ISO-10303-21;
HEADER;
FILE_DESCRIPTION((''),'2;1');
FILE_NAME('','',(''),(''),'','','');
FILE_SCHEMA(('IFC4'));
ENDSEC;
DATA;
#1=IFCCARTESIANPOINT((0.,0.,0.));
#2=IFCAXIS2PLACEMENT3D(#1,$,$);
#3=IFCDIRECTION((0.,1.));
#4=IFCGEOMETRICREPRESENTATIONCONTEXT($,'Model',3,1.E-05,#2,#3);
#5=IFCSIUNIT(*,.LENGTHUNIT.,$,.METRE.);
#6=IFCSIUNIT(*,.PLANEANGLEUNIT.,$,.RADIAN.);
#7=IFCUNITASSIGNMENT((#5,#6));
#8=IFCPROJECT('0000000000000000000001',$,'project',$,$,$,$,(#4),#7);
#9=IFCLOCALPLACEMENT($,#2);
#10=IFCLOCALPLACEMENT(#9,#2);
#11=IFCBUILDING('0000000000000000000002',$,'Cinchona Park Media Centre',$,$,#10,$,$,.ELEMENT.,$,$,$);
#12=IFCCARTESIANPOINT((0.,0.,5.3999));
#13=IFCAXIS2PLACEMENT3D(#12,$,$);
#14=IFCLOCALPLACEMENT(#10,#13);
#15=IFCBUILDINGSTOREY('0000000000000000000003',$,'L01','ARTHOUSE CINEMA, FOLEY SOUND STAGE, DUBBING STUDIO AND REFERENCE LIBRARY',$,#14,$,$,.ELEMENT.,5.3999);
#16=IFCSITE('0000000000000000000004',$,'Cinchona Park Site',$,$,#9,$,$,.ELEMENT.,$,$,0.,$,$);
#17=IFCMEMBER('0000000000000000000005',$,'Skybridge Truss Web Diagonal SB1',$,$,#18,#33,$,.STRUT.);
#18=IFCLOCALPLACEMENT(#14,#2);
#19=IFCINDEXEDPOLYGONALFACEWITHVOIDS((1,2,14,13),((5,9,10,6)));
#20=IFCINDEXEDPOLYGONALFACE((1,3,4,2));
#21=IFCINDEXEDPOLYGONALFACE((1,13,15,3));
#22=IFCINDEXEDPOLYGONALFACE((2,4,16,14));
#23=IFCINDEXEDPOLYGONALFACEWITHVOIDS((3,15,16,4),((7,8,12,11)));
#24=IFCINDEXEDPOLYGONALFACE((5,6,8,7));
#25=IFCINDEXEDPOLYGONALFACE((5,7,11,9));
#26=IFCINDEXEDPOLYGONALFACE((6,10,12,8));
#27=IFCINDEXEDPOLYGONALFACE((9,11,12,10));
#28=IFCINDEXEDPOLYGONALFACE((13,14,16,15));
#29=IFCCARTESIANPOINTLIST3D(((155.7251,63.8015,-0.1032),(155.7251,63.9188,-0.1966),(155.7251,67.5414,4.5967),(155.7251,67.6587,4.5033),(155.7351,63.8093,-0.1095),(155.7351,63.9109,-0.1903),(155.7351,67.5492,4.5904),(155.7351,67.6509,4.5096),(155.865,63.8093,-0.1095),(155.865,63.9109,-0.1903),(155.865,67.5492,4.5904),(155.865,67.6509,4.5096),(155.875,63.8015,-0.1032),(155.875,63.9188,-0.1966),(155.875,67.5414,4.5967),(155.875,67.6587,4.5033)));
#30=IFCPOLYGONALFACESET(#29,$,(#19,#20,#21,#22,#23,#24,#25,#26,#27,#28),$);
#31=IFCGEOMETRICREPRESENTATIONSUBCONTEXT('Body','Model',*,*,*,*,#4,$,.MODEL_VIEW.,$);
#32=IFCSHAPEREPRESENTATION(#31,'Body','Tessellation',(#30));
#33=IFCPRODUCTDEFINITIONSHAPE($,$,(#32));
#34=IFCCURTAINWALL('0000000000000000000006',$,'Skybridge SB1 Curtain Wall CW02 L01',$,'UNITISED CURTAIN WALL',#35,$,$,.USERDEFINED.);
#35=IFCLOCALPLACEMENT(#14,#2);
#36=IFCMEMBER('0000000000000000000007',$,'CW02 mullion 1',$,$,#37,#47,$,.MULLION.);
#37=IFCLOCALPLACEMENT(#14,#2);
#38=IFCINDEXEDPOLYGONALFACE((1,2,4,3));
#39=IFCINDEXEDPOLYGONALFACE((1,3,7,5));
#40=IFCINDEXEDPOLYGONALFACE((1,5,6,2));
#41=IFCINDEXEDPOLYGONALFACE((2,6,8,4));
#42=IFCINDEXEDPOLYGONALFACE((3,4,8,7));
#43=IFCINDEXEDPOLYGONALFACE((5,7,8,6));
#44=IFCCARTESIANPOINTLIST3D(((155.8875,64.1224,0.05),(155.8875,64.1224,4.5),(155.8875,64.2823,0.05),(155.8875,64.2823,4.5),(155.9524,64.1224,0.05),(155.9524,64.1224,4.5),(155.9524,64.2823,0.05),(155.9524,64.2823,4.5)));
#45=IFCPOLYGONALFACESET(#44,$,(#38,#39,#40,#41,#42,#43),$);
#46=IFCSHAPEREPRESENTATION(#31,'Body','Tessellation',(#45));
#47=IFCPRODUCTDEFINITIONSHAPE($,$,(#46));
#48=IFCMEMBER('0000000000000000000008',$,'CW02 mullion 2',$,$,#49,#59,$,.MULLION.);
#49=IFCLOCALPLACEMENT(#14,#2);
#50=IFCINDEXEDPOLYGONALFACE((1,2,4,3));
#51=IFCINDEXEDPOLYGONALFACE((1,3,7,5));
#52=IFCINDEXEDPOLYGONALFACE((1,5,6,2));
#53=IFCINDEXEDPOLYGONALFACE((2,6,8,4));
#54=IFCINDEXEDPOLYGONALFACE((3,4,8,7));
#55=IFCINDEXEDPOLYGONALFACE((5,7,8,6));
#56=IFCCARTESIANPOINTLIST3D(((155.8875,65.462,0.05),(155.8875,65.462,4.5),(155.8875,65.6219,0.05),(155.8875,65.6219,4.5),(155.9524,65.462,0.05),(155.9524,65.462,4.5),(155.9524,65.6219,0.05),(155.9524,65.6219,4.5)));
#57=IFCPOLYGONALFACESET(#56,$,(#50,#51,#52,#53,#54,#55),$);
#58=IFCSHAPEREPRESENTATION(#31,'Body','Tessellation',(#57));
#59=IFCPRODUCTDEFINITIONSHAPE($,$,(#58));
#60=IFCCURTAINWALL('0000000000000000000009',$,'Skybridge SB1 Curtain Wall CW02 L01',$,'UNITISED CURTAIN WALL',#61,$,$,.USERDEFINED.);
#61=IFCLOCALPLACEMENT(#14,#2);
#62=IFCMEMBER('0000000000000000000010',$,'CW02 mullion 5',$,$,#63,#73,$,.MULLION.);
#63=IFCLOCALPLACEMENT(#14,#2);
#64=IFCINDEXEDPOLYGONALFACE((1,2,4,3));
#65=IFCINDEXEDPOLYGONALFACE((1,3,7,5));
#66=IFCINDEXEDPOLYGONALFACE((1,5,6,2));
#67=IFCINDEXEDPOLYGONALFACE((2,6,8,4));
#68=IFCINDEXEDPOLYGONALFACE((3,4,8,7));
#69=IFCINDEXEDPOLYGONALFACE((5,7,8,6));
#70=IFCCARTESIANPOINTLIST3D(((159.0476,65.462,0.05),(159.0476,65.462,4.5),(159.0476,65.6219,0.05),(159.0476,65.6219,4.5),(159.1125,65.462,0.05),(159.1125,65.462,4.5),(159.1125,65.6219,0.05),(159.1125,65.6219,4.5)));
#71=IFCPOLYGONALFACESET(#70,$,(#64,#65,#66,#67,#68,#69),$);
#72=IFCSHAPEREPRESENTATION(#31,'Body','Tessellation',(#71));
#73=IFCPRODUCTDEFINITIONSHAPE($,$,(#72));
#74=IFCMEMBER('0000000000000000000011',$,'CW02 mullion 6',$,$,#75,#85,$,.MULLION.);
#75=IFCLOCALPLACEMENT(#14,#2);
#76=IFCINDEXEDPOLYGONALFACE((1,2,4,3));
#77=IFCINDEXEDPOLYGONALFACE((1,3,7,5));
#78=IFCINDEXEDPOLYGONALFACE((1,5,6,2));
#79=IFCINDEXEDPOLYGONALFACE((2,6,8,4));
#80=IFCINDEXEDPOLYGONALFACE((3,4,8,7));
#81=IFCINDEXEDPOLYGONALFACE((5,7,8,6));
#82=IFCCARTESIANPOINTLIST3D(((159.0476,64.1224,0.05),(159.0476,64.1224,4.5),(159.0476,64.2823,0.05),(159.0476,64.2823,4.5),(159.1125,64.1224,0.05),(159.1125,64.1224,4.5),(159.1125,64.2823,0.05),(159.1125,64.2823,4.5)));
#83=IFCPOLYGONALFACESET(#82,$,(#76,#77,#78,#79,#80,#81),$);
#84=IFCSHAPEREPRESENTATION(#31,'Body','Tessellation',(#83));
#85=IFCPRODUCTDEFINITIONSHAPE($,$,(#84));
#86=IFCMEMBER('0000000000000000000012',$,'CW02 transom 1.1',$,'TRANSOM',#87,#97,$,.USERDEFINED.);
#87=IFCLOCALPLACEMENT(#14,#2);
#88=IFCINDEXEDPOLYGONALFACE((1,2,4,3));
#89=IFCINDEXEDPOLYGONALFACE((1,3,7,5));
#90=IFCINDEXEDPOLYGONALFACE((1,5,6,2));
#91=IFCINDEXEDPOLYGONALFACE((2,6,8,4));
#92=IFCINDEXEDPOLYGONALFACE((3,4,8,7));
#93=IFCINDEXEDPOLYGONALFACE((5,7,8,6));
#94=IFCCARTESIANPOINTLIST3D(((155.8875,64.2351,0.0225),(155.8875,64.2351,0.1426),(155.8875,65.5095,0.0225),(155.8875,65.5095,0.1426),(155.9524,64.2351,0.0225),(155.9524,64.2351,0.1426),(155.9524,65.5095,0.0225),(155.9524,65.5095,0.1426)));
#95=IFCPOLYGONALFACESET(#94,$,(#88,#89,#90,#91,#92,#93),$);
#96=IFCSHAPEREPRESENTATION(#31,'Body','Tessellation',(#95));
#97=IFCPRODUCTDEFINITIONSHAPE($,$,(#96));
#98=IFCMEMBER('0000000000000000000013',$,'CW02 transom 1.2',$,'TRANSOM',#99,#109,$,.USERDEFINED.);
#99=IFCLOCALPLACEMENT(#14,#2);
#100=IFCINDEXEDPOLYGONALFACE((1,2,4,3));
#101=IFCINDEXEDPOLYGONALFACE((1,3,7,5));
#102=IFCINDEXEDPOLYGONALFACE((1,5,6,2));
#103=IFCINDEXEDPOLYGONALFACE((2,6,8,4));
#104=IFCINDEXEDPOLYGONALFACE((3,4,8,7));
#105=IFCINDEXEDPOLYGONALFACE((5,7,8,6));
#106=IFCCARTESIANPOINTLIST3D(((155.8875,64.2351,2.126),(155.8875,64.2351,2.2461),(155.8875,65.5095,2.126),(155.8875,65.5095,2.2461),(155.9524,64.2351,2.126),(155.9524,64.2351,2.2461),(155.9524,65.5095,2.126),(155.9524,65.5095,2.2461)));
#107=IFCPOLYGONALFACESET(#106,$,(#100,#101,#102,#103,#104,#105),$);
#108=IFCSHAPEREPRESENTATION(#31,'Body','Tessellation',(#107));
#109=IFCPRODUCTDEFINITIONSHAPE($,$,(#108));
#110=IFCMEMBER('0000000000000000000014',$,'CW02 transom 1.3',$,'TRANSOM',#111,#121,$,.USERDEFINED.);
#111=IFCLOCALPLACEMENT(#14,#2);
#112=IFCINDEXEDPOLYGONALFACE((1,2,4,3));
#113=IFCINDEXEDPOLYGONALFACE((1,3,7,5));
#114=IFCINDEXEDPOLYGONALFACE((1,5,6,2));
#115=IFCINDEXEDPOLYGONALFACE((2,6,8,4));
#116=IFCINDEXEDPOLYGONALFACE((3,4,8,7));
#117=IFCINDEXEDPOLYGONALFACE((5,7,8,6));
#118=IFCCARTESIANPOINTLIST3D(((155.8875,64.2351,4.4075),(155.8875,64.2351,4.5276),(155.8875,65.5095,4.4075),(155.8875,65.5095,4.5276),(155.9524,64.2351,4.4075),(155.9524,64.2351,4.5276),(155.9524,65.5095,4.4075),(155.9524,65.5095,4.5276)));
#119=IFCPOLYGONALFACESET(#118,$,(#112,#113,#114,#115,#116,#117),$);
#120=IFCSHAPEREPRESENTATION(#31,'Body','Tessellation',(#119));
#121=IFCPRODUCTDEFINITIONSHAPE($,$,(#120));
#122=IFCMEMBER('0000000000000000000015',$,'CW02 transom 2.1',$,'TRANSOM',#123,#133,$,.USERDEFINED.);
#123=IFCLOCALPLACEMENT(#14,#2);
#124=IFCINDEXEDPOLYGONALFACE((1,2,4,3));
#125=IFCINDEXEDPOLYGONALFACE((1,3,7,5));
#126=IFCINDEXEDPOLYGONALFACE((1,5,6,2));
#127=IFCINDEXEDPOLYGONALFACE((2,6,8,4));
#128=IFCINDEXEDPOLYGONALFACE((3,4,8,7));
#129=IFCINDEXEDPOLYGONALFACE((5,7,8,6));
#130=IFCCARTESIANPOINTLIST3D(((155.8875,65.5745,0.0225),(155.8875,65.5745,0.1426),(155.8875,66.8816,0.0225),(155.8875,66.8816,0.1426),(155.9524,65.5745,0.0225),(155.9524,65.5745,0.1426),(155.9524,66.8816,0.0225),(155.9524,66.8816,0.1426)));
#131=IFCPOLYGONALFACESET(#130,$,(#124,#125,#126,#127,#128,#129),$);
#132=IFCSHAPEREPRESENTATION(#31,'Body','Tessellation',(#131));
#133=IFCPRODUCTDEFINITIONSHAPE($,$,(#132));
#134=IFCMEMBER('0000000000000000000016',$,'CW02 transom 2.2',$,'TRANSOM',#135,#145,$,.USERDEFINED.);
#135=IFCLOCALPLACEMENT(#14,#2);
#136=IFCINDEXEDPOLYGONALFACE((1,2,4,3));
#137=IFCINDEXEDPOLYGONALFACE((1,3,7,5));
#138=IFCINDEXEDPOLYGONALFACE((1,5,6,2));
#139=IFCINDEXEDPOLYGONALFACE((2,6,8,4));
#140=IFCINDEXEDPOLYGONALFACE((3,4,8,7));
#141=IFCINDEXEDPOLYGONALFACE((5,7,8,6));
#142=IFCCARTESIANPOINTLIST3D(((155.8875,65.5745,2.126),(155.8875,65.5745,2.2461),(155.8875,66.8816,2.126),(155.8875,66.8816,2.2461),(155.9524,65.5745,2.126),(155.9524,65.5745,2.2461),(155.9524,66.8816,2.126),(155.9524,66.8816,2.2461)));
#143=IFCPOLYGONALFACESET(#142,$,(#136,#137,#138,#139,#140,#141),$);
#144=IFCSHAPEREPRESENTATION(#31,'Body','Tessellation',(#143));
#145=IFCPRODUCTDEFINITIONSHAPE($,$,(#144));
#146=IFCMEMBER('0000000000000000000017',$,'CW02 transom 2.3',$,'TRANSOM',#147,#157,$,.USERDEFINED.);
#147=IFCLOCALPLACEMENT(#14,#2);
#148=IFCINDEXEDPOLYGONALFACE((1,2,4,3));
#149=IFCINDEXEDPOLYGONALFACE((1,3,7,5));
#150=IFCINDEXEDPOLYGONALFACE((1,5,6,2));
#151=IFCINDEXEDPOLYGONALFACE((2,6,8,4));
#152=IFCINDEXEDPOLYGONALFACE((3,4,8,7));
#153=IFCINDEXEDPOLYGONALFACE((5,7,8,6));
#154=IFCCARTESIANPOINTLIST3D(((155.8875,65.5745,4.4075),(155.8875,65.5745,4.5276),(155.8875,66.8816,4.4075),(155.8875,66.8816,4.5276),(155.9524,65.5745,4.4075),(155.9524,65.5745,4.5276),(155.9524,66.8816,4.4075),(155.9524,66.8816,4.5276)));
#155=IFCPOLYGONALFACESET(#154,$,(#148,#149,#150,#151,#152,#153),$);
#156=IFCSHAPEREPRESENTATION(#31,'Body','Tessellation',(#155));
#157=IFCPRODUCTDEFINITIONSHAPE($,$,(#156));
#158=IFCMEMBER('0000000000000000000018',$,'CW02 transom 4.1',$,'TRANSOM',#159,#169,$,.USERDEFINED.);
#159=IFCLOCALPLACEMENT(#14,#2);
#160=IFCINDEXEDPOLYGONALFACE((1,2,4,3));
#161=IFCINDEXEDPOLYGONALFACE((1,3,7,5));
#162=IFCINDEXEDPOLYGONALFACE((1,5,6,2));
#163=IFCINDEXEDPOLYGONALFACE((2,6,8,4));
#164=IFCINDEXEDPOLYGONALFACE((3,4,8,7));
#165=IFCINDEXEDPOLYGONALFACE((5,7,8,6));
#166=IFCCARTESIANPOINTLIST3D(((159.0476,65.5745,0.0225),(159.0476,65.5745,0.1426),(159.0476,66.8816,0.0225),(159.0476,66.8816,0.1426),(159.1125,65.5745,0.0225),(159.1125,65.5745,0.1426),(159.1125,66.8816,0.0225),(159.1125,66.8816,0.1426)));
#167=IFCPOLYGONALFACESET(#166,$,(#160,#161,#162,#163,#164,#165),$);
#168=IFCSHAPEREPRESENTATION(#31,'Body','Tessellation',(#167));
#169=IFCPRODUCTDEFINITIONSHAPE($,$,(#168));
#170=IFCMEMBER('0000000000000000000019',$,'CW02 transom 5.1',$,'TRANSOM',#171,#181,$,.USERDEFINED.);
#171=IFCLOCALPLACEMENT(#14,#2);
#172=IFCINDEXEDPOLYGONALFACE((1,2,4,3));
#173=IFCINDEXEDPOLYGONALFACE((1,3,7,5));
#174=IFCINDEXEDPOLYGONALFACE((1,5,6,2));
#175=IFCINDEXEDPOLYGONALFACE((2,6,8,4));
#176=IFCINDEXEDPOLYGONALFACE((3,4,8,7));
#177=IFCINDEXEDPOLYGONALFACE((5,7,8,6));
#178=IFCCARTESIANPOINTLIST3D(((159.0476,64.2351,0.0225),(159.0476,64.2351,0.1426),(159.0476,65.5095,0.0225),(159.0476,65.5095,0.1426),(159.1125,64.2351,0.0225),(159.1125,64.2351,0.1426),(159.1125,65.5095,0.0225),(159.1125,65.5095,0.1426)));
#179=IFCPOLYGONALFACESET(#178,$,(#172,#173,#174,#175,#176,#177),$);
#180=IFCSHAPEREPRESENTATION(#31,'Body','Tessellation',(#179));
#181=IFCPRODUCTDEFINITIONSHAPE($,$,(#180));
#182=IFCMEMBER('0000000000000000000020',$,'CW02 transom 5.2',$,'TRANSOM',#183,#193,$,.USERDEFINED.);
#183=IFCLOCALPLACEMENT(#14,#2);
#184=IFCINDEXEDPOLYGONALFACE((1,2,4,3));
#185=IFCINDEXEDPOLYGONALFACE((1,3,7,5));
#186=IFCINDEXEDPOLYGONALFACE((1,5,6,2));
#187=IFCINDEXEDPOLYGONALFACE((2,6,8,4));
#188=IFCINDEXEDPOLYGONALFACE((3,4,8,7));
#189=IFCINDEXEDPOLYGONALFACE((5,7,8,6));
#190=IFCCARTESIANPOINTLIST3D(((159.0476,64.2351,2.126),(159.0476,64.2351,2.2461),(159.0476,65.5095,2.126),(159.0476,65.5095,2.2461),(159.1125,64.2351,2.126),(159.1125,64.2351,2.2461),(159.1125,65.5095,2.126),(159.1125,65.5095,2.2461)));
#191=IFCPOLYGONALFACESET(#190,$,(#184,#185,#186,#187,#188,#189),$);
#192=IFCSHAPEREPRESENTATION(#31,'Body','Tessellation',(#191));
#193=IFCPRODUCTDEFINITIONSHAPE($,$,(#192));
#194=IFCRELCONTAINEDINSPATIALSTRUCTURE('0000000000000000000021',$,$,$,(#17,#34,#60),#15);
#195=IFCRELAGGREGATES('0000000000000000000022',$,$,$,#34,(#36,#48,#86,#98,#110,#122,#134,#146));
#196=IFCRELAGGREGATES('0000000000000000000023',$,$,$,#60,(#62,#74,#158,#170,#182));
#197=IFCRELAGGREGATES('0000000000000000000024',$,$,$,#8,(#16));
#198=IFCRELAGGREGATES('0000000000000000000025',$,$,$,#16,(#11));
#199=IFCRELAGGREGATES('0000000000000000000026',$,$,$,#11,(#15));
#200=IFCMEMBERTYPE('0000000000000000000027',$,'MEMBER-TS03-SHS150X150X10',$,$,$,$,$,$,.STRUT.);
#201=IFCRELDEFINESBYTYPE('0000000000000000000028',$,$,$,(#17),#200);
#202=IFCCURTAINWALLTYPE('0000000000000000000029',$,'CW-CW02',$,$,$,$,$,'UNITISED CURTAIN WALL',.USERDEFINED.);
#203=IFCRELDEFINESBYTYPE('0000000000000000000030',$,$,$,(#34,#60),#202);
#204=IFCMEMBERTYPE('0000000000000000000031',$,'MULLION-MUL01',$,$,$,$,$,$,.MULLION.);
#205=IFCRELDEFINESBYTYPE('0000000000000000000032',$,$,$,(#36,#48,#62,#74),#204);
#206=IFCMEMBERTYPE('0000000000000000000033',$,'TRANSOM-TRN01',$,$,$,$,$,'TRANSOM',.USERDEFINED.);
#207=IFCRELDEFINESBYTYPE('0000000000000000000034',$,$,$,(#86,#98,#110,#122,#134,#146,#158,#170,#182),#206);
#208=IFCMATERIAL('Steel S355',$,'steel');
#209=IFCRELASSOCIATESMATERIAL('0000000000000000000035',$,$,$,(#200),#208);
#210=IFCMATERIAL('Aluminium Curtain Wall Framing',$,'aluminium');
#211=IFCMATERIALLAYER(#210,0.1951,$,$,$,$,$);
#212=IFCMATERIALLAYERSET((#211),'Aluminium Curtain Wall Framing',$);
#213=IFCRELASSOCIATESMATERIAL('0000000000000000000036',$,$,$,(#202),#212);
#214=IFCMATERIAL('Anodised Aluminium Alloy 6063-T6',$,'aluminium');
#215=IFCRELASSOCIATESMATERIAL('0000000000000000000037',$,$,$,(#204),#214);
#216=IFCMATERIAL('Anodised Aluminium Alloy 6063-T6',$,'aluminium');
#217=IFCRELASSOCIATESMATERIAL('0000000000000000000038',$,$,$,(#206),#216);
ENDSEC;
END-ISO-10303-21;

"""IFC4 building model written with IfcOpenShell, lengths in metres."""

from ifc_helpers import new_model, si_unit, direction, frame, origin, origin_2d, place, context, subcontext, project, spatial, rectangle, hollow_rectangle, extrude, material, layer, layer_set, material_profile, profile_set, type_object, element, aggregate, save


model = new_model("IFC4")

# Units and contexts
model_context = context("Model", 3, precision=1e-05, world=origin(), true_north=direction((0.0, 1.0)))
body_context = subcontext(model_context, "Body", "Model", "MODEL_VIEW")
ifc_project = project(units=[si_unit("LENGTHUNIT", "METRE"), si_unit("PLANEANGLEUNIT", "RADIAN")], contexts=[model_context])

# Site, building, storey
site_placement = place(None, origin())
site = spatial("IfcSite", under=ifc_project, at=site_placement, Name="Cinchona Park Site", CompositionType="ELEMENT", RefElevation=0.0)
building_placement = place(site_placement, origin())
building = spatial("IfcBuilding", under=site, at=building_placement, Name="Cinchona Park Media Centre", CompositionType="ELEMENT")
storey_placement = place(building_placement, frame((0.0, 0.0, 5.3999)))
storey = spatial("IfcBuildingStorey", under=building, at=storey_placement, Name="L01", Description="ARTHOUSE CINEMA, FOLEY SOUND STAGE, DUBBING STUDIO AND REFERENCE LIBRARY", CompositionType="ELEMENT", Elevation=5.3999)

# Member
ifc_material_1 = material(Name="Steel S355", Category="steel")
ifc_material_profile_1 = material_profile(ifc_material_1, hollow_rectangle(XDim=0.1499, YDim=0.1499, WallThickness=0.01, at=origin_2d()), Name="150X150X10SHS")
ifc_profile_set_1 = profile_set([ifc_material_profile_1], Name="Steel S355")
member_type_1 = type_object("IfcMemberType", Name="MEMBER-TS03-SHS150X150X10", PredefinedType="STRUT", material=ifc_profile_set_1)
member_1_placement = place(storey_placement, frame((155.8, 63.8601, -0.1499), z_axis=(0.0, 0.622666, 0.782488), x_axis=(-1.0, 0.0, 0.0)))
element("IfcMember", 1, at=member_1_placement, inside=storey, type_object=member_type_1, Name="Skybridge Truss Web Diagonal SB1", PredefinedType="STRUT", context=body_context, shape_type="SweptSolid", body=[
    extrude(hollow_rectangle(XDim=0.1499, YDim=0.1499, WallThickness=0.01, at=origin_2d()), origin(), (0.0, 0.0, 1.0), 6.0063),
])

# Curtain walls, members
ifc_material_2 = material(Name="Aluminium Curtain Wall Framing", Category="aluminium")
ifc_layer_1 = layer(ifc_material_2, 0.1951)
ifc_layer_set_1 = layer_set([ifc_layer_1], Name="Aluminium Curtain Wall Framing")
curtain_wall_type = type_object("IfcCurtainWallType", Name="CW-CW02", ElementType="UNITISED CURTAIN WALL", PredefinedType="USERDEFINED", material=ifc_layer_set_1)
curtain_wall_1_placement = place(storey_placement, origin())
curtain_wall_1 = element("IfcCurtainWall", 2, at=curtain_wall_1_placement, inside=storey, type_object=curtain_wall_type, Name="Skybridge SB1 Curtain Wall CW02 L01", ObjectType="UNITISED CURTAIN WALL", PredefinedType="USERDEFINED")
ifc_material_3 = material(Name="Anodised Aluminium Alloy 6063-T6", Category="aluminium")
ifc_material_profile_2 = material_profile(ifc_material_3, rectangle(XDim=0.0649, YDim=0.1599, at=origin_2d()), Name="MUL-65X160")
ifc_profile_set_2 = profile_set([ifc_material_profile_2], Name="Anodised Aluminium Alloy 6063-T6")
member_type_2 = type_object("IfcMemberType", Name="MULLION-MUL01", PredefinedType="MULLION", material=ifc_profile_set_2)
member_2_placement = place(storey_placement, frame((155.9199, 64.2024, 0.05), z_axis=(0.0, 0.0, 1.0), x_axis=(-1.0, 0.0, 0.0)))
member_2 = element("IfcMember", 3, at=member_2_placement, type_object=member_type_2, Name="CW02 mullion 1", PredefinedType="MULLION", context=body_context, shape_type="SweptSolid", body=[
    extrude(rectangle(XDim=0.0649, YDim=0.1599, at=origin_2d()), origin(), (0.0, 0.0, 1.0), 4.45),
])
member_3_placement = place(storey_placement, frame((155.9199, 65.542, 0.05), z_axis=(0.0, 0.0, 1.0), x_axis=(-1.0, 0.0, 0.0)))
member_3 = element("IfcMember", 4, at=member_3_placement, type_object=member_type_2, Name="CW02 mullion 2", PredefinedType="MULLION", context=body_context, shape_type="SweptSolid", body=[
    extrude(rectangle(XDim=0.0649, YDim=0.1599, at=origin_2d()), origin(), (0.0, 0.0, 1.0), 4.45),
])
curtain_wall_2_placement = place(storey_placement, origin())
curtain_wall_2 = element("IfcCurtainWall", 5, at=curtain_wall_2_placement, inside=storey, type_object=curtain_wall_type, Name="Skybridge SB1 Curtain Wall CW02 L01", ObjectType="UNITISED CURTAIN WALL", PredefinedType="USERDEFINED")
member_4_placement = place(storey_placement, frame((159.0801, 65.542, 0.05), z_axis=(0.0, 0.0, 1.0), x_axis=(1.0, 0.0, 0.0)))
member_4 = element("IfcMember", 6, at=member_4_placement, type_object=member_type_2, Name="CW02 mullion 5", PredefinedType="MULLION", context=body_context, shape_type="SweptSolid", body=[
    extrude(rectangle(XDim=0.0649, YDim=0.1599, at=origin_2d()), origin(), (0.0, 0.0, 1.0), 4.45),
])
member_5_placement = place(storey_placement, frame((159.0801, 64.2024, 0.05), z_axis=(0.0, 0.0, 1.0), x_axis=(1.0, 0.0, 0.0)))
member_5 = element("IfcMember", 7, at=member_5_placement, type_object=member_type_2, Name="CW02 mullion 6", PredefinedType="MULLION", context=body_context, shape_type="SweptSolid", body=[
    extrude(rectangle(XDim=0.0649, YDim=0.1599, at=origin_2d()), origin(), (0.0, 0.0, 1.0), 4.45),
])

# Members
ifc_material_4 = material(Name="Anodised Aluminium Alloy 6063-T6", Category="aluminium")
ifc_material_profile_3 = material_profile(ifc_material_4, rectangle(XDim=0.0649, YDim=0.1201, at=origin_2d()), Name="TRN-65X120")
ifc_profile_set_3 = profile_set([ifc_material_profile_3], Name="Anodised Aluminium Alloy 6063-T6")
member_type_3 = type_object("IfcMemberType", Name="TRANSOM-TRN01", ElementType="TRANSOM", PredefinedType="USERDEFINED", material=ifc_profile_set_3)
member_6_placement = place(storey_placement, frame((155.9199, 64.2351, 0.0825), z_axis=(0.0, 1.0, 0.0), x_axis=(-1.0, 0.0, 0.0)))
member_6 = element("IfcMember", 8, at=member_6_placement, type_object=member_type_3, Name="CW02 transom 1.1", ObjectType="TRANSOM", PredefinedType="USERDEFINED", context=body_context, shape_type="SweptSolid", body=[
    extrude(rectangle(XDim=0.0649, YDim=0.1201, at=origin_2d()), origin(), (0.0, 0.0, 1.0), 1.2744),
])
member_7_placement = place(storey_placement, frame((155.9199, 64.2351, 2.186), z_axis=(0.0, 1.0, 0.0), x_axis=(-1.0, 0.0, 0.0)))
member_7 = element("IfcMember", 9, at=member_7_placement, type_object=member_type_3, Name="CW02 transom 1.2", ObjectType="TRANSOM", PredefinedType="USERDEFINED", context=body_context, shape_type="SweptSolid", body=[
    extrude(rectangle(XDim=0.0649, YDim=0.1201, at=origin_2d()), origin(), (0.0, 0.0, 1.0), 1.2744),
])
member_8_placement = place(storey_placement, frame((155.9199, 64.2351, 4.4675), z_axis=(0.0, 1.0, 0.0), x_axis=(-1.0, 0.0, 0.0)))
member_8 = element("IfcMember", 10, at=member_8_placement, type_object=member_type_3, Name="CW02 transom 1.3", ObjectType="TRANSOM", PredefinedType="USERDEFINED", context=body_context, shape_type="SweptSolid", body=[
    extrude(rectangle(XDim=0.0649, YDim=0.1201, at=origin_2d()), origin(), (0.0, 0.0, 1.0), 1.2744),
])
member_9_placement = place(storey_placement, frame((155.9199, 65.5745, 0.0825), z_axis=(0.0, 1.0, 0.0), x_axis=(-1.0, 0.0, 0.0)))
member_9 = element("IfcMember", 11, at=member_9_placement, type_object=member_type_3, Name="CW02 transom 2.1", ObjectType="TRANSOM", PredefinedType="USERDEFINED", context=body_context, shape_type="SweptSolid", body=[
    extrude(rectangle(XDim=0.0649, YDim=0.1201, at=origin_2d()), origin(), (0.0, 0.0, 1.0), 1.3071),
])
member_10_placement = place(storey_placement, frame((155.9199, 65.5745, 2.186), z_axis=(0.0, 1.0, 0.0), x_axis=(-1.0, 0.0, 0.0)))
member_10 = element("IfcMember", 12, at=member_10_placement, type_object=member_type_3, Name="CW02 transom 2.2", ObjectType="TRANSOM", PredefinedType="USERDEFINED", context=body_context, shape_type="SweptSolid", body=[
    extrude(rectangle(XDim=0.0649, YDim=0.1201, at=origin_2d()), origin(), (0.0, 0.0, 1.0), 1.3071),
])
member_11_placement = place(storey_placement, frame((155.9199, 65.5745, 4.4675), z_axis=(0.0, 1.0, 0.0), x_axis=(-1.0, 0.0, 0.0)))
member_11 = element("IfcMember", 13, at=member_11_placement, type_object=member_type_3, Name="CW02 transom 2.3", ObjectType="TRANSOM", PredefinedType="USERDEFINED", context=body_context, shape_type="SweptSolid", body=[
    extrude(rectangle(XDim=0.0649, YDim=0.1201, at=origin_2d()), origin(), (0.0, 0.0, 1.0), 1.3071),
])
member_12_placement = place(storey_placement, frame((159.0801, 66.8816, 0.0825), z_axis=(0.0, -1.0, 0.0), x_axis=(1.0, 0.0, 0.0)))
member_12 = element("IfcMember", 14, at=member_12_placement, type_object=member_type_3, Name="CW02 transom 4.1", ObjectType="TRANSOM", PredefinedType="USERDEFINED", context=body_context, shape_type="SweptSolid", body=[
    extrude(rectangle(XDim=0.0649, YDim=0.1201, at=origin_2d()), origin(), (0.0, 0.0, 1.0), 1.3071),
])
member_13_placement = place(storey_placement, frame((159.0801, 65.5095, 0.0825), z_axis=(0.0, -1.0, 0.0), x_axis=(1.0, 0.0, 0.0)))
member_13 = element("IfcMember", 15, at=member_13_placement, type_object=member_type_3, Name="CW02 transom 5.1", ObjectType="TRANSOM", PredefinedType="USERDEFINED", context=body_context, shape_type="SweptSolid", body=[
    extrude(rectangle(XDim=0.0649, YDim=0.1201, at=origin_2d()), origin(), (0.0, 0.0, 1.0), 1.2744),
])
member_14_placement = place(storey_placement, frame((159.0801, 65.5095, 2.186), z_axis=(0.0, -1.0, 0.0), x_axis=(1.0, 0.0, 0.0)))
member_14 = element("IfcMember", 16, at=member_14_placement, type_object=member_type_3, Name="CW02 transom 5.2", ObjectType="TRANSOM", PredefinedType="USERDEFINED", context=body_context, shape_type="SweptSolid", body=[
    extrude(rectangle(XDim=0.0649, YDim=0.1201, at=origin_2d()), origin(), (0.0, 0.0, 1.0), 1.2744),
])

aggregate(curtain_wall_1, [member_2, member_3, member_6, member_7, member_8, member_9, member_10, member_11])
aggregate(curtain_wall_2, [member_4, member_5, member_12, member_13, member_14])

save(model, "model.ifc")
